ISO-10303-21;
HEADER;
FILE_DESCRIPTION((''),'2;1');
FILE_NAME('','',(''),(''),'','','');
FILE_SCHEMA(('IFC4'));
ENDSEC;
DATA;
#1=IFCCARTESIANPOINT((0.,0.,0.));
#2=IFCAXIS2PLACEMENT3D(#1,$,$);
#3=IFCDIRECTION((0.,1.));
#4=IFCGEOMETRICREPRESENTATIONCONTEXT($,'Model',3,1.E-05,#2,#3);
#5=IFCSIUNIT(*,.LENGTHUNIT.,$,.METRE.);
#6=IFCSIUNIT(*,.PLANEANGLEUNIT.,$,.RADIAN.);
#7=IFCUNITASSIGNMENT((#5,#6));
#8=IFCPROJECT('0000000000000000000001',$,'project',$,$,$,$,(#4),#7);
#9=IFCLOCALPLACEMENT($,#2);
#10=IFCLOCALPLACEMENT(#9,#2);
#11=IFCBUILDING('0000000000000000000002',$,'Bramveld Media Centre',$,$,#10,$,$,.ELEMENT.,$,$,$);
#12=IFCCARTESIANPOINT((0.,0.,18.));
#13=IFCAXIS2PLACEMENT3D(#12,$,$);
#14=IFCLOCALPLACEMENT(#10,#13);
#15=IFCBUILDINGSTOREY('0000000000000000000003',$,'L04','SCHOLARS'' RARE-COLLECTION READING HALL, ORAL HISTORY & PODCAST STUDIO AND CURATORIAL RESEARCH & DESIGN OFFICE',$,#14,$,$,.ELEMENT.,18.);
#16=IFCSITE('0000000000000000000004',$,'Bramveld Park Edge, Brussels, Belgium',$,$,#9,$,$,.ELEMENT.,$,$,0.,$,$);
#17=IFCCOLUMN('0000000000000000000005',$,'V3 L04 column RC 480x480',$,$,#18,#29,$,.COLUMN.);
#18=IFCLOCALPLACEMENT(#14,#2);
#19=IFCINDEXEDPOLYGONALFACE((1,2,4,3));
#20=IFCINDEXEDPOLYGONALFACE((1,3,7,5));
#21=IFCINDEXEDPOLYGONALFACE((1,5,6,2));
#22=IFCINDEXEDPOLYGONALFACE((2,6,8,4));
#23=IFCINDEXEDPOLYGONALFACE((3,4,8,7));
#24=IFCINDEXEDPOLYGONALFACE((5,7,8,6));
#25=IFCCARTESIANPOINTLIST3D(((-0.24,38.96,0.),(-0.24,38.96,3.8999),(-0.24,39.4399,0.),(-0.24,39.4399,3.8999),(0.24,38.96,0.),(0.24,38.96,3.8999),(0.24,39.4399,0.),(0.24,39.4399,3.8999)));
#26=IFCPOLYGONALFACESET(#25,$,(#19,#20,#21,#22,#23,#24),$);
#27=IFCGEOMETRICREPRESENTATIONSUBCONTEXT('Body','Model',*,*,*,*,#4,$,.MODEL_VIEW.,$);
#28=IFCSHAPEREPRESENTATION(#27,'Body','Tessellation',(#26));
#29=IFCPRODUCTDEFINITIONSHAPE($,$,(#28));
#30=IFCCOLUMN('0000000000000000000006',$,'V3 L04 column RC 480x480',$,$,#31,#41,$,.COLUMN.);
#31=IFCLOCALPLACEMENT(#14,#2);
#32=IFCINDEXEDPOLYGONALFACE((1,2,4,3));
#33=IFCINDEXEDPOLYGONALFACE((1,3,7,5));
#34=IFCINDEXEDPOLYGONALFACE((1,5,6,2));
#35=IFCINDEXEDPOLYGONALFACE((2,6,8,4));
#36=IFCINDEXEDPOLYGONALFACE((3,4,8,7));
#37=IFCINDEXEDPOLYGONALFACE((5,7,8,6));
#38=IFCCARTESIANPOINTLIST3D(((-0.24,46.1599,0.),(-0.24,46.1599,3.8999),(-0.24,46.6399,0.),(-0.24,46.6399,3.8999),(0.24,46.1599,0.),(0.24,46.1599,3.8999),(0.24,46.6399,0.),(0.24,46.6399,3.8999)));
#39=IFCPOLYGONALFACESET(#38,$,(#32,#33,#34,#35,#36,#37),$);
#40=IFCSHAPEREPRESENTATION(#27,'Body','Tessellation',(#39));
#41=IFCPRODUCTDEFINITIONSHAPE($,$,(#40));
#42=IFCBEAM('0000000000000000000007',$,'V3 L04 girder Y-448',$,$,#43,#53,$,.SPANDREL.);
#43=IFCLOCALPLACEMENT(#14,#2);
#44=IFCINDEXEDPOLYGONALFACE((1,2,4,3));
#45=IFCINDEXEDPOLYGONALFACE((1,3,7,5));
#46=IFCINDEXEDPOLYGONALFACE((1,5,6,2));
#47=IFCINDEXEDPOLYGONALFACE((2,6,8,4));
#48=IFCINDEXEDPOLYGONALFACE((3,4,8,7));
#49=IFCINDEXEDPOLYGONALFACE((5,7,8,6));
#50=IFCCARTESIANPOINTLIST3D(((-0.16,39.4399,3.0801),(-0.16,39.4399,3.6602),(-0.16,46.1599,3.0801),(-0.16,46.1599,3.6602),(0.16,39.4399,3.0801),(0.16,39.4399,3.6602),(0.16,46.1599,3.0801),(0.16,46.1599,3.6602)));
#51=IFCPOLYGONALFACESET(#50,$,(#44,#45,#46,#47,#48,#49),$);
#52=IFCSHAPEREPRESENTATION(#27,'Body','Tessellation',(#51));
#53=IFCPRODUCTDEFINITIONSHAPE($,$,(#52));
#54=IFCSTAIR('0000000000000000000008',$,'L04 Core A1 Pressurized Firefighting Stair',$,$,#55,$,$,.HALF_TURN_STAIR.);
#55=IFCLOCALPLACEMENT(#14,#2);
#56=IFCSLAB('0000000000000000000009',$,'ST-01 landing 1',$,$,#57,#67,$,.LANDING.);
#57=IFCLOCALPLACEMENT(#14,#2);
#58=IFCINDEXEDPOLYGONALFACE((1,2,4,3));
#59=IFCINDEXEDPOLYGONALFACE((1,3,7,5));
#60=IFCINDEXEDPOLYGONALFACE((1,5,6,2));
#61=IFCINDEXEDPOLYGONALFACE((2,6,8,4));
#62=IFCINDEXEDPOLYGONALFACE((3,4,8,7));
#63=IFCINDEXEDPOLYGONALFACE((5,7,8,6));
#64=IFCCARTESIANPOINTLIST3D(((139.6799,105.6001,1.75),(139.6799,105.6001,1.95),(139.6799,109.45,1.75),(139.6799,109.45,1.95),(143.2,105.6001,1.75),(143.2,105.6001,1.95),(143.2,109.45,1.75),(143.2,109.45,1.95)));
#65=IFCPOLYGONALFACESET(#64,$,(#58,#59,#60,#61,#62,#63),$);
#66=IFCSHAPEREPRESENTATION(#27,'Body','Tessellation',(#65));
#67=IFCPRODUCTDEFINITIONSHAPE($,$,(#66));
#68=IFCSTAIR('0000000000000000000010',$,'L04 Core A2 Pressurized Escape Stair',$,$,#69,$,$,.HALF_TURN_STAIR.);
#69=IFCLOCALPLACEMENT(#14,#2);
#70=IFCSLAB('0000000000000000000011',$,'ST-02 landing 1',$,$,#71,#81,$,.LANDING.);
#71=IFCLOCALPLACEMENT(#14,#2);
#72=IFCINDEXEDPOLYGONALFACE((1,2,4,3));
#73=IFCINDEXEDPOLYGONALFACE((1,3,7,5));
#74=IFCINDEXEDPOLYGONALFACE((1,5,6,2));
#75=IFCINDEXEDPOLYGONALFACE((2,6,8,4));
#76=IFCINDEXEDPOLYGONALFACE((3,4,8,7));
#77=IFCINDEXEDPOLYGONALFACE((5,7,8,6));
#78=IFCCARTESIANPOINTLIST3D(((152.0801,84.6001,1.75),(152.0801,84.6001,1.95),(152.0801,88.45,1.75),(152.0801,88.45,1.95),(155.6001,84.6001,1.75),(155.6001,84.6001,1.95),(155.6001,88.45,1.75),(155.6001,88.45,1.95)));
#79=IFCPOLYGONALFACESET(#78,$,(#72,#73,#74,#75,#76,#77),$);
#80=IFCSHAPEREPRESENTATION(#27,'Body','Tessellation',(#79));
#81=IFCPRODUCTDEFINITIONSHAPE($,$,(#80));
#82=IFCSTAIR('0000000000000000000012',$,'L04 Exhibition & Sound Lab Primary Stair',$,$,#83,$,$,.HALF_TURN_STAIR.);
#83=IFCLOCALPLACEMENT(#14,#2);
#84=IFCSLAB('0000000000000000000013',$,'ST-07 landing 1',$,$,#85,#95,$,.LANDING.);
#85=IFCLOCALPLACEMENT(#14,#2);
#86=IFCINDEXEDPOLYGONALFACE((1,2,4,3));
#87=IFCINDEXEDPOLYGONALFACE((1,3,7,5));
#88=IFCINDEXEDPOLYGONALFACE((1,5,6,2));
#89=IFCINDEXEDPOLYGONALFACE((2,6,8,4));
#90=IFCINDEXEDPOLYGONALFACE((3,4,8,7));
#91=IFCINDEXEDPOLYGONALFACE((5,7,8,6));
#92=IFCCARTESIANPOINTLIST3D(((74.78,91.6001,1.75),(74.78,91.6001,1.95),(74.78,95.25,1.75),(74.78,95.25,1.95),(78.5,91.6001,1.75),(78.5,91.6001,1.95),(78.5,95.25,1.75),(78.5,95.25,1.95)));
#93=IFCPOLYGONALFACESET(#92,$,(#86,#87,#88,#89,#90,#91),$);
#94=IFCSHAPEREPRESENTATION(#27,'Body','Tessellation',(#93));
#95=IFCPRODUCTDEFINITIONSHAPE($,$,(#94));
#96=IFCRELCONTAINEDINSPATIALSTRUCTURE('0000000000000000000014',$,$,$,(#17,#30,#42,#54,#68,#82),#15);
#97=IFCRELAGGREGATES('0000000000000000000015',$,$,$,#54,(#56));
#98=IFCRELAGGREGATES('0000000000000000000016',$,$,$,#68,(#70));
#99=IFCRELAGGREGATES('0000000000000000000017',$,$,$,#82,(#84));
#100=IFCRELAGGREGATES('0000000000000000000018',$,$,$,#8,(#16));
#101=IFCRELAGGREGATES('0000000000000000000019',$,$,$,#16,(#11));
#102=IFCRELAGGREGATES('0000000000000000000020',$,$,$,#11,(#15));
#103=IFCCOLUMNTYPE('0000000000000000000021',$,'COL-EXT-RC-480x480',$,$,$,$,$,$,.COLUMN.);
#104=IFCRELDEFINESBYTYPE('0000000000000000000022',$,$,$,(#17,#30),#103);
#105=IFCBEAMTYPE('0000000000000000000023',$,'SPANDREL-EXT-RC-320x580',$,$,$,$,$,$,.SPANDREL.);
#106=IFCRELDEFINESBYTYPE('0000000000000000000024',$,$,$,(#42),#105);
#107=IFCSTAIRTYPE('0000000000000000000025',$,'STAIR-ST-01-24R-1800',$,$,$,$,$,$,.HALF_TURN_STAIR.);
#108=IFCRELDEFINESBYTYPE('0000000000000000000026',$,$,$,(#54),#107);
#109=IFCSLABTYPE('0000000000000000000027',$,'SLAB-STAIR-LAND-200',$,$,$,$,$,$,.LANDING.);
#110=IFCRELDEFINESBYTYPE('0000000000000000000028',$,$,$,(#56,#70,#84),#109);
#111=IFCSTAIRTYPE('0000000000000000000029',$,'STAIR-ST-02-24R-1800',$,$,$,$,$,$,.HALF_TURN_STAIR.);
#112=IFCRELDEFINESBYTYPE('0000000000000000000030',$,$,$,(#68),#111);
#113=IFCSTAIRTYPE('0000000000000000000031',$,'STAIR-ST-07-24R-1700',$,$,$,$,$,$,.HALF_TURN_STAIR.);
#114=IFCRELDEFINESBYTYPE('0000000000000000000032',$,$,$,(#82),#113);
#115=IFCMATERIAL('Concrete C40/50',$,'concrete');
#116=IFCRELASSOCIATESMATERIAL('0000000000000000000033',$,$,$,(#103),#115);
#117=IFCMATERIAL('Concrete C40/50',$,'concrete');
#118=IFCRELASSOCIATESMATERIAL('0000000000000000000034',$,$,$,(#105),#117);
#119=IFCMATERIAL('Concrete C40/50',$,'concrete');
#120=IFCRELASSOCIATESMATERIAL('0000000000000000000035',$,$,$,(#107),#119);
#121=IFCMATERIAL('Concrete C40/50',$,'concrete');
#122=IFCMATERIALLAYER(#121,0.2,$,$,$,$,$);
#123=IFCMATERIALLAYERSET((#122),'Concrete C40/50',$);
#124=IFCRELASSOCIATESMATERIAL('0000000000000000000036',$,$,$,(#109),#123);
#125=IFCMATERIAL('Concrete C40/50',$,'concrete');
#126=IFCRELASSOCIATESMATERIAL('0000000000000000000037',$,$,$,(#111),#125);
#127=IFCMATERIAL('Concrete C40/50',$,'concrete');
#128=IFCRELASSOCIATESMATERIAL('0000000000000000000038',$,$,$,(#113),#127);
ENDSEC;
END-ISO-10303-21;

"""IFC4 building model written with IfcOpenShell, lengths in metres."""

from ifc_helpers import new_model, si_unit, direction, frame, origin, origin_2d, place, context, subcontext, project, spatial, polyline, rectangle, outline, extrude, material, layer, layer_set, material_profile, profile_set, type_object, element, aggregate, save


model = new_model("IFC4")

# Units and contexts
model_context = context("Model", 3, precision=1e-05, world=origin(), true_north=direction((0.0, 1.0)))
body_context = subcontext(model_context, "Body", "Model", "MODEL_VIEW")
ifc_project = project(units=[si_unit("LENGTHUNIT", "METRE"), si_unit("PLANEANGLEUNIT", "RADIAN")], contexts=[model_context])

# Site, building, storey
site_placement = place(None, origin())
site = spatial("IfcSite", under=ifc_project, at=site_placement, Name="Bramveld Park Edge, Brussels, Belgium", CompositionType="ELEMENT", RefElevation=0.0)
building_placement = place(site_placement, origin())
building = spatial("IfcBuilding", under=site, at=building_placement, Name="Bramveld Media Centre", CompositionType="ELEMENT")
storey_placement = place(building_placement, frame((0.0, 0.0, 18.0)))
storey = spatial("IfcBuildingStorey", under=building, at=storey_placement, Name="L04", Description="SCHOLARS' RARE-COLLECTION READING HALL, ORAL HISTORY & PODCAST STUDIO AND CURATORIAL RESEARCH & DESIGN OFFICE", CompositionType="ELEMENT", Elevation=18.0)

# Columns
ifc_material_1 = material(Name="Concrete C40/50", Category="concrete")
ifc_material_profile_1 = material_profile(ifc_material_1, rectangle(XDim=0.48, YDim=0.48, at=origin_2d()), Name="RC 480x480")
ifc_profile_set_1 = profile_set([ifc_material_profile_1], Name="Concrete C40/50")
column_type = type_object("IfcColumnType", Name="COL-EXT-RC-480x480", PredefinedType="COLUMN", material=ifc_profile_set_1)
for number, where, z_axis, x_axis, name in (
    (1, (0.0, 39.2, 0.0), (0.0, 0.0, 1.0), (1.0, 0.0, 0.0), "V3 L04 column RC 480x480"),
    (2, (0.0, 46.3999, 0.0), (0.0, 0.0, 1.0), (1.0, 0.0, 0.0), "V3 L04 column RC 480x480"),
):
    element("IfcColumn", number, at=place(storey_placement, frame(where, z_axis=z_axis, x_axis=x_axis)), inside=storey, type_object=column_type, Name=name, PredefinedType="COLUMN", context=body_context, shape_type="SweptSolid", body=[
        extrude(rectangle(XDim=0.48, YDim=0.48, at=origin_2d()), origin(), (0.0, 0.0, 1.0), 3.8999),
    ])

# Beam
ifc_material_2 = material(Name="Concrete C40/50", Category="concrete")
ifc_material_profile_2 = material_profile(ifc_material_2, rectangle(XDim=0.3201, YDim=0.5801, at=origin_2d()), Name="RC 320x580")
ifc_profile_set_2 = profile_set([ifc_material_profile_2], Name="Concrete C40/50")
beam_type = type_object("IfcBeamType", Name="SPANDREL-EXT-RC-320x580", PredefinedType="SPANDREL", material=ifc_profile_set_2)
beam_placement = place(storey_placement, frame((0.0, 39.4399, 3.3701), z_axis=(0.0, 1.0, 0.0), x_axis=(-1.0, 0.0, 0.0)))
element("IfcBeam", 3, at=beam_placement, inside=storey, type_object=beam_type, Name="V3 L04 girder Y-448", PredefinedType="SPANDREL", context=body_context, shape_type="SweptSolid", body=[
    extrude(rectangle(XDim=0.3201, YDim=0.5801, at=origin_2d()), origin(), (0.0, 0.0, 1.0), 6.72),
])

# Stairs, slabs
ifc_material_3 = material(Name="Concrete C40/50", Category="concrete")
stair_type_1 = type_object("IfcStairType", Name="STAIR-ST-01-24R-1800", PredefinedType="HALF_TURN_STAIR", material=ifc_material_3)
stair_1_placement = place(storey_placement, origin())
stair_1 = element("IfcStair", 4, at=stair_1_placement, inside=storey, type_object=stair_type_1, Name="L04 Core A1 Pressurized Firefighting Stair", PredefinedType="HALF_TURN_STAIR")
ifc_material_4 = material(Name="Concrete C40/50", Category="concrete")
ifc_layer_1 = layer(ifc_material_4, 0.2)
ifc_layer_set_1 = layer_set([ifc_layer_1], Name="Concrete C40/50")
slab_type = type_object("IfcSlabType", Name="SLAB-STAIR-LAND-200", PredefinedType="LANDING", material=ifc_layer_set_1)
slab_1_placement = place(storey_placement, frame((0.0, 0.0, 1.75)))
slab_1 = element("IfcSlab", 5, at=slab_1_placement, type_object=slab_type, Name="ST-01 landing 1", PredefinedType="LANDING", context=body_context, shape_type="SweptSolid", body=[
    extrude(outline(polyline([(139.6799, 105.6001), (143.2, 105.6001), (143.2, 109.45), (139.6799, 109.45), (139.6799, 105.6001)])), origin(), (0.0, 0.0, 1.0), 0.2),
])
aggregate(stair_1, [slab_1])
ifc_material_5 = material(Name="Concrete C40/50", Category="concrete")
stair_type_2 = type_object("IfcStairType", Name="STAIR-ST-02-24R-1800", PredefinedType="HALF_TURN_STAIR", material=ifc_material_5)
stair_2_placement = place(storey_placement, origin())
stair_2 = element("IfcStair", 6, at=stair_2_placement, inside=storey, type_object=stair_type_2, Name="L04 Core A2 Pressurized Escape Stair", PredefinedType="HALF_TURN_STAIR")
slab_2_placement = place(storey_placement, frame((0.0, 0.0, 1.75)))
slab_2 = element("IfcSlab", 7, at=slab_2_placement, type_object=slab_type, Name="ST-02 landing 1", PredefinedType="LANDING", context=body_context, shape_type="SweptSolid", body=[
    extrude(outline(polyline([(152.0801, 84.6001), (155.6001, 84.6001), (155.6001, 88.45), (152.0801, 88.45), (152.0801, 84.6001)])), origin(), (0.0, 0.0, 1.0), 0.2),
])
aggregate(stair_2, [slab_2])
ifc_material_6 = material(Name="Concrete C40/50", Category="concrete")
stair_type_3 = type_object("IfcStairType", Name="STAIR-ST-07-24R-1700", PredefinedType="HALF_TURN_STAIR", material=ifc_material_6)
stair_3_placement = place(storey_placement, origin())
stair_3 = element("IfcStair", 8, at=stair_3_placement, inside=storey, type_object=stair_type_3, Name="L04 Exhibition & Sound Lab Primary Stair", PredefinedType="HALF_TURN_STAIR")
slab_3_placement = place(storey_placement, frame((0.0, 0.0, 1.75)))
slab_3 = element("IfcSlab", 9, at=slab_3_placement, type_object=slab_type, Name="ST-07 landing 1", PredefinedType="LANDING", context=body_context, shape_type="SweptSolid", body=[
    extrude(outline(polyline([(74.78, 91.6001), (78.5, 91.6001), (78.5, 95.25), (74.78, 95.25), (74.78, 91.6001)])), origin(), (0.0, 0.0, 1.0), 0.2),
])
aggregate(stair_3, [slab_3])

save(model, "model.ifc")
